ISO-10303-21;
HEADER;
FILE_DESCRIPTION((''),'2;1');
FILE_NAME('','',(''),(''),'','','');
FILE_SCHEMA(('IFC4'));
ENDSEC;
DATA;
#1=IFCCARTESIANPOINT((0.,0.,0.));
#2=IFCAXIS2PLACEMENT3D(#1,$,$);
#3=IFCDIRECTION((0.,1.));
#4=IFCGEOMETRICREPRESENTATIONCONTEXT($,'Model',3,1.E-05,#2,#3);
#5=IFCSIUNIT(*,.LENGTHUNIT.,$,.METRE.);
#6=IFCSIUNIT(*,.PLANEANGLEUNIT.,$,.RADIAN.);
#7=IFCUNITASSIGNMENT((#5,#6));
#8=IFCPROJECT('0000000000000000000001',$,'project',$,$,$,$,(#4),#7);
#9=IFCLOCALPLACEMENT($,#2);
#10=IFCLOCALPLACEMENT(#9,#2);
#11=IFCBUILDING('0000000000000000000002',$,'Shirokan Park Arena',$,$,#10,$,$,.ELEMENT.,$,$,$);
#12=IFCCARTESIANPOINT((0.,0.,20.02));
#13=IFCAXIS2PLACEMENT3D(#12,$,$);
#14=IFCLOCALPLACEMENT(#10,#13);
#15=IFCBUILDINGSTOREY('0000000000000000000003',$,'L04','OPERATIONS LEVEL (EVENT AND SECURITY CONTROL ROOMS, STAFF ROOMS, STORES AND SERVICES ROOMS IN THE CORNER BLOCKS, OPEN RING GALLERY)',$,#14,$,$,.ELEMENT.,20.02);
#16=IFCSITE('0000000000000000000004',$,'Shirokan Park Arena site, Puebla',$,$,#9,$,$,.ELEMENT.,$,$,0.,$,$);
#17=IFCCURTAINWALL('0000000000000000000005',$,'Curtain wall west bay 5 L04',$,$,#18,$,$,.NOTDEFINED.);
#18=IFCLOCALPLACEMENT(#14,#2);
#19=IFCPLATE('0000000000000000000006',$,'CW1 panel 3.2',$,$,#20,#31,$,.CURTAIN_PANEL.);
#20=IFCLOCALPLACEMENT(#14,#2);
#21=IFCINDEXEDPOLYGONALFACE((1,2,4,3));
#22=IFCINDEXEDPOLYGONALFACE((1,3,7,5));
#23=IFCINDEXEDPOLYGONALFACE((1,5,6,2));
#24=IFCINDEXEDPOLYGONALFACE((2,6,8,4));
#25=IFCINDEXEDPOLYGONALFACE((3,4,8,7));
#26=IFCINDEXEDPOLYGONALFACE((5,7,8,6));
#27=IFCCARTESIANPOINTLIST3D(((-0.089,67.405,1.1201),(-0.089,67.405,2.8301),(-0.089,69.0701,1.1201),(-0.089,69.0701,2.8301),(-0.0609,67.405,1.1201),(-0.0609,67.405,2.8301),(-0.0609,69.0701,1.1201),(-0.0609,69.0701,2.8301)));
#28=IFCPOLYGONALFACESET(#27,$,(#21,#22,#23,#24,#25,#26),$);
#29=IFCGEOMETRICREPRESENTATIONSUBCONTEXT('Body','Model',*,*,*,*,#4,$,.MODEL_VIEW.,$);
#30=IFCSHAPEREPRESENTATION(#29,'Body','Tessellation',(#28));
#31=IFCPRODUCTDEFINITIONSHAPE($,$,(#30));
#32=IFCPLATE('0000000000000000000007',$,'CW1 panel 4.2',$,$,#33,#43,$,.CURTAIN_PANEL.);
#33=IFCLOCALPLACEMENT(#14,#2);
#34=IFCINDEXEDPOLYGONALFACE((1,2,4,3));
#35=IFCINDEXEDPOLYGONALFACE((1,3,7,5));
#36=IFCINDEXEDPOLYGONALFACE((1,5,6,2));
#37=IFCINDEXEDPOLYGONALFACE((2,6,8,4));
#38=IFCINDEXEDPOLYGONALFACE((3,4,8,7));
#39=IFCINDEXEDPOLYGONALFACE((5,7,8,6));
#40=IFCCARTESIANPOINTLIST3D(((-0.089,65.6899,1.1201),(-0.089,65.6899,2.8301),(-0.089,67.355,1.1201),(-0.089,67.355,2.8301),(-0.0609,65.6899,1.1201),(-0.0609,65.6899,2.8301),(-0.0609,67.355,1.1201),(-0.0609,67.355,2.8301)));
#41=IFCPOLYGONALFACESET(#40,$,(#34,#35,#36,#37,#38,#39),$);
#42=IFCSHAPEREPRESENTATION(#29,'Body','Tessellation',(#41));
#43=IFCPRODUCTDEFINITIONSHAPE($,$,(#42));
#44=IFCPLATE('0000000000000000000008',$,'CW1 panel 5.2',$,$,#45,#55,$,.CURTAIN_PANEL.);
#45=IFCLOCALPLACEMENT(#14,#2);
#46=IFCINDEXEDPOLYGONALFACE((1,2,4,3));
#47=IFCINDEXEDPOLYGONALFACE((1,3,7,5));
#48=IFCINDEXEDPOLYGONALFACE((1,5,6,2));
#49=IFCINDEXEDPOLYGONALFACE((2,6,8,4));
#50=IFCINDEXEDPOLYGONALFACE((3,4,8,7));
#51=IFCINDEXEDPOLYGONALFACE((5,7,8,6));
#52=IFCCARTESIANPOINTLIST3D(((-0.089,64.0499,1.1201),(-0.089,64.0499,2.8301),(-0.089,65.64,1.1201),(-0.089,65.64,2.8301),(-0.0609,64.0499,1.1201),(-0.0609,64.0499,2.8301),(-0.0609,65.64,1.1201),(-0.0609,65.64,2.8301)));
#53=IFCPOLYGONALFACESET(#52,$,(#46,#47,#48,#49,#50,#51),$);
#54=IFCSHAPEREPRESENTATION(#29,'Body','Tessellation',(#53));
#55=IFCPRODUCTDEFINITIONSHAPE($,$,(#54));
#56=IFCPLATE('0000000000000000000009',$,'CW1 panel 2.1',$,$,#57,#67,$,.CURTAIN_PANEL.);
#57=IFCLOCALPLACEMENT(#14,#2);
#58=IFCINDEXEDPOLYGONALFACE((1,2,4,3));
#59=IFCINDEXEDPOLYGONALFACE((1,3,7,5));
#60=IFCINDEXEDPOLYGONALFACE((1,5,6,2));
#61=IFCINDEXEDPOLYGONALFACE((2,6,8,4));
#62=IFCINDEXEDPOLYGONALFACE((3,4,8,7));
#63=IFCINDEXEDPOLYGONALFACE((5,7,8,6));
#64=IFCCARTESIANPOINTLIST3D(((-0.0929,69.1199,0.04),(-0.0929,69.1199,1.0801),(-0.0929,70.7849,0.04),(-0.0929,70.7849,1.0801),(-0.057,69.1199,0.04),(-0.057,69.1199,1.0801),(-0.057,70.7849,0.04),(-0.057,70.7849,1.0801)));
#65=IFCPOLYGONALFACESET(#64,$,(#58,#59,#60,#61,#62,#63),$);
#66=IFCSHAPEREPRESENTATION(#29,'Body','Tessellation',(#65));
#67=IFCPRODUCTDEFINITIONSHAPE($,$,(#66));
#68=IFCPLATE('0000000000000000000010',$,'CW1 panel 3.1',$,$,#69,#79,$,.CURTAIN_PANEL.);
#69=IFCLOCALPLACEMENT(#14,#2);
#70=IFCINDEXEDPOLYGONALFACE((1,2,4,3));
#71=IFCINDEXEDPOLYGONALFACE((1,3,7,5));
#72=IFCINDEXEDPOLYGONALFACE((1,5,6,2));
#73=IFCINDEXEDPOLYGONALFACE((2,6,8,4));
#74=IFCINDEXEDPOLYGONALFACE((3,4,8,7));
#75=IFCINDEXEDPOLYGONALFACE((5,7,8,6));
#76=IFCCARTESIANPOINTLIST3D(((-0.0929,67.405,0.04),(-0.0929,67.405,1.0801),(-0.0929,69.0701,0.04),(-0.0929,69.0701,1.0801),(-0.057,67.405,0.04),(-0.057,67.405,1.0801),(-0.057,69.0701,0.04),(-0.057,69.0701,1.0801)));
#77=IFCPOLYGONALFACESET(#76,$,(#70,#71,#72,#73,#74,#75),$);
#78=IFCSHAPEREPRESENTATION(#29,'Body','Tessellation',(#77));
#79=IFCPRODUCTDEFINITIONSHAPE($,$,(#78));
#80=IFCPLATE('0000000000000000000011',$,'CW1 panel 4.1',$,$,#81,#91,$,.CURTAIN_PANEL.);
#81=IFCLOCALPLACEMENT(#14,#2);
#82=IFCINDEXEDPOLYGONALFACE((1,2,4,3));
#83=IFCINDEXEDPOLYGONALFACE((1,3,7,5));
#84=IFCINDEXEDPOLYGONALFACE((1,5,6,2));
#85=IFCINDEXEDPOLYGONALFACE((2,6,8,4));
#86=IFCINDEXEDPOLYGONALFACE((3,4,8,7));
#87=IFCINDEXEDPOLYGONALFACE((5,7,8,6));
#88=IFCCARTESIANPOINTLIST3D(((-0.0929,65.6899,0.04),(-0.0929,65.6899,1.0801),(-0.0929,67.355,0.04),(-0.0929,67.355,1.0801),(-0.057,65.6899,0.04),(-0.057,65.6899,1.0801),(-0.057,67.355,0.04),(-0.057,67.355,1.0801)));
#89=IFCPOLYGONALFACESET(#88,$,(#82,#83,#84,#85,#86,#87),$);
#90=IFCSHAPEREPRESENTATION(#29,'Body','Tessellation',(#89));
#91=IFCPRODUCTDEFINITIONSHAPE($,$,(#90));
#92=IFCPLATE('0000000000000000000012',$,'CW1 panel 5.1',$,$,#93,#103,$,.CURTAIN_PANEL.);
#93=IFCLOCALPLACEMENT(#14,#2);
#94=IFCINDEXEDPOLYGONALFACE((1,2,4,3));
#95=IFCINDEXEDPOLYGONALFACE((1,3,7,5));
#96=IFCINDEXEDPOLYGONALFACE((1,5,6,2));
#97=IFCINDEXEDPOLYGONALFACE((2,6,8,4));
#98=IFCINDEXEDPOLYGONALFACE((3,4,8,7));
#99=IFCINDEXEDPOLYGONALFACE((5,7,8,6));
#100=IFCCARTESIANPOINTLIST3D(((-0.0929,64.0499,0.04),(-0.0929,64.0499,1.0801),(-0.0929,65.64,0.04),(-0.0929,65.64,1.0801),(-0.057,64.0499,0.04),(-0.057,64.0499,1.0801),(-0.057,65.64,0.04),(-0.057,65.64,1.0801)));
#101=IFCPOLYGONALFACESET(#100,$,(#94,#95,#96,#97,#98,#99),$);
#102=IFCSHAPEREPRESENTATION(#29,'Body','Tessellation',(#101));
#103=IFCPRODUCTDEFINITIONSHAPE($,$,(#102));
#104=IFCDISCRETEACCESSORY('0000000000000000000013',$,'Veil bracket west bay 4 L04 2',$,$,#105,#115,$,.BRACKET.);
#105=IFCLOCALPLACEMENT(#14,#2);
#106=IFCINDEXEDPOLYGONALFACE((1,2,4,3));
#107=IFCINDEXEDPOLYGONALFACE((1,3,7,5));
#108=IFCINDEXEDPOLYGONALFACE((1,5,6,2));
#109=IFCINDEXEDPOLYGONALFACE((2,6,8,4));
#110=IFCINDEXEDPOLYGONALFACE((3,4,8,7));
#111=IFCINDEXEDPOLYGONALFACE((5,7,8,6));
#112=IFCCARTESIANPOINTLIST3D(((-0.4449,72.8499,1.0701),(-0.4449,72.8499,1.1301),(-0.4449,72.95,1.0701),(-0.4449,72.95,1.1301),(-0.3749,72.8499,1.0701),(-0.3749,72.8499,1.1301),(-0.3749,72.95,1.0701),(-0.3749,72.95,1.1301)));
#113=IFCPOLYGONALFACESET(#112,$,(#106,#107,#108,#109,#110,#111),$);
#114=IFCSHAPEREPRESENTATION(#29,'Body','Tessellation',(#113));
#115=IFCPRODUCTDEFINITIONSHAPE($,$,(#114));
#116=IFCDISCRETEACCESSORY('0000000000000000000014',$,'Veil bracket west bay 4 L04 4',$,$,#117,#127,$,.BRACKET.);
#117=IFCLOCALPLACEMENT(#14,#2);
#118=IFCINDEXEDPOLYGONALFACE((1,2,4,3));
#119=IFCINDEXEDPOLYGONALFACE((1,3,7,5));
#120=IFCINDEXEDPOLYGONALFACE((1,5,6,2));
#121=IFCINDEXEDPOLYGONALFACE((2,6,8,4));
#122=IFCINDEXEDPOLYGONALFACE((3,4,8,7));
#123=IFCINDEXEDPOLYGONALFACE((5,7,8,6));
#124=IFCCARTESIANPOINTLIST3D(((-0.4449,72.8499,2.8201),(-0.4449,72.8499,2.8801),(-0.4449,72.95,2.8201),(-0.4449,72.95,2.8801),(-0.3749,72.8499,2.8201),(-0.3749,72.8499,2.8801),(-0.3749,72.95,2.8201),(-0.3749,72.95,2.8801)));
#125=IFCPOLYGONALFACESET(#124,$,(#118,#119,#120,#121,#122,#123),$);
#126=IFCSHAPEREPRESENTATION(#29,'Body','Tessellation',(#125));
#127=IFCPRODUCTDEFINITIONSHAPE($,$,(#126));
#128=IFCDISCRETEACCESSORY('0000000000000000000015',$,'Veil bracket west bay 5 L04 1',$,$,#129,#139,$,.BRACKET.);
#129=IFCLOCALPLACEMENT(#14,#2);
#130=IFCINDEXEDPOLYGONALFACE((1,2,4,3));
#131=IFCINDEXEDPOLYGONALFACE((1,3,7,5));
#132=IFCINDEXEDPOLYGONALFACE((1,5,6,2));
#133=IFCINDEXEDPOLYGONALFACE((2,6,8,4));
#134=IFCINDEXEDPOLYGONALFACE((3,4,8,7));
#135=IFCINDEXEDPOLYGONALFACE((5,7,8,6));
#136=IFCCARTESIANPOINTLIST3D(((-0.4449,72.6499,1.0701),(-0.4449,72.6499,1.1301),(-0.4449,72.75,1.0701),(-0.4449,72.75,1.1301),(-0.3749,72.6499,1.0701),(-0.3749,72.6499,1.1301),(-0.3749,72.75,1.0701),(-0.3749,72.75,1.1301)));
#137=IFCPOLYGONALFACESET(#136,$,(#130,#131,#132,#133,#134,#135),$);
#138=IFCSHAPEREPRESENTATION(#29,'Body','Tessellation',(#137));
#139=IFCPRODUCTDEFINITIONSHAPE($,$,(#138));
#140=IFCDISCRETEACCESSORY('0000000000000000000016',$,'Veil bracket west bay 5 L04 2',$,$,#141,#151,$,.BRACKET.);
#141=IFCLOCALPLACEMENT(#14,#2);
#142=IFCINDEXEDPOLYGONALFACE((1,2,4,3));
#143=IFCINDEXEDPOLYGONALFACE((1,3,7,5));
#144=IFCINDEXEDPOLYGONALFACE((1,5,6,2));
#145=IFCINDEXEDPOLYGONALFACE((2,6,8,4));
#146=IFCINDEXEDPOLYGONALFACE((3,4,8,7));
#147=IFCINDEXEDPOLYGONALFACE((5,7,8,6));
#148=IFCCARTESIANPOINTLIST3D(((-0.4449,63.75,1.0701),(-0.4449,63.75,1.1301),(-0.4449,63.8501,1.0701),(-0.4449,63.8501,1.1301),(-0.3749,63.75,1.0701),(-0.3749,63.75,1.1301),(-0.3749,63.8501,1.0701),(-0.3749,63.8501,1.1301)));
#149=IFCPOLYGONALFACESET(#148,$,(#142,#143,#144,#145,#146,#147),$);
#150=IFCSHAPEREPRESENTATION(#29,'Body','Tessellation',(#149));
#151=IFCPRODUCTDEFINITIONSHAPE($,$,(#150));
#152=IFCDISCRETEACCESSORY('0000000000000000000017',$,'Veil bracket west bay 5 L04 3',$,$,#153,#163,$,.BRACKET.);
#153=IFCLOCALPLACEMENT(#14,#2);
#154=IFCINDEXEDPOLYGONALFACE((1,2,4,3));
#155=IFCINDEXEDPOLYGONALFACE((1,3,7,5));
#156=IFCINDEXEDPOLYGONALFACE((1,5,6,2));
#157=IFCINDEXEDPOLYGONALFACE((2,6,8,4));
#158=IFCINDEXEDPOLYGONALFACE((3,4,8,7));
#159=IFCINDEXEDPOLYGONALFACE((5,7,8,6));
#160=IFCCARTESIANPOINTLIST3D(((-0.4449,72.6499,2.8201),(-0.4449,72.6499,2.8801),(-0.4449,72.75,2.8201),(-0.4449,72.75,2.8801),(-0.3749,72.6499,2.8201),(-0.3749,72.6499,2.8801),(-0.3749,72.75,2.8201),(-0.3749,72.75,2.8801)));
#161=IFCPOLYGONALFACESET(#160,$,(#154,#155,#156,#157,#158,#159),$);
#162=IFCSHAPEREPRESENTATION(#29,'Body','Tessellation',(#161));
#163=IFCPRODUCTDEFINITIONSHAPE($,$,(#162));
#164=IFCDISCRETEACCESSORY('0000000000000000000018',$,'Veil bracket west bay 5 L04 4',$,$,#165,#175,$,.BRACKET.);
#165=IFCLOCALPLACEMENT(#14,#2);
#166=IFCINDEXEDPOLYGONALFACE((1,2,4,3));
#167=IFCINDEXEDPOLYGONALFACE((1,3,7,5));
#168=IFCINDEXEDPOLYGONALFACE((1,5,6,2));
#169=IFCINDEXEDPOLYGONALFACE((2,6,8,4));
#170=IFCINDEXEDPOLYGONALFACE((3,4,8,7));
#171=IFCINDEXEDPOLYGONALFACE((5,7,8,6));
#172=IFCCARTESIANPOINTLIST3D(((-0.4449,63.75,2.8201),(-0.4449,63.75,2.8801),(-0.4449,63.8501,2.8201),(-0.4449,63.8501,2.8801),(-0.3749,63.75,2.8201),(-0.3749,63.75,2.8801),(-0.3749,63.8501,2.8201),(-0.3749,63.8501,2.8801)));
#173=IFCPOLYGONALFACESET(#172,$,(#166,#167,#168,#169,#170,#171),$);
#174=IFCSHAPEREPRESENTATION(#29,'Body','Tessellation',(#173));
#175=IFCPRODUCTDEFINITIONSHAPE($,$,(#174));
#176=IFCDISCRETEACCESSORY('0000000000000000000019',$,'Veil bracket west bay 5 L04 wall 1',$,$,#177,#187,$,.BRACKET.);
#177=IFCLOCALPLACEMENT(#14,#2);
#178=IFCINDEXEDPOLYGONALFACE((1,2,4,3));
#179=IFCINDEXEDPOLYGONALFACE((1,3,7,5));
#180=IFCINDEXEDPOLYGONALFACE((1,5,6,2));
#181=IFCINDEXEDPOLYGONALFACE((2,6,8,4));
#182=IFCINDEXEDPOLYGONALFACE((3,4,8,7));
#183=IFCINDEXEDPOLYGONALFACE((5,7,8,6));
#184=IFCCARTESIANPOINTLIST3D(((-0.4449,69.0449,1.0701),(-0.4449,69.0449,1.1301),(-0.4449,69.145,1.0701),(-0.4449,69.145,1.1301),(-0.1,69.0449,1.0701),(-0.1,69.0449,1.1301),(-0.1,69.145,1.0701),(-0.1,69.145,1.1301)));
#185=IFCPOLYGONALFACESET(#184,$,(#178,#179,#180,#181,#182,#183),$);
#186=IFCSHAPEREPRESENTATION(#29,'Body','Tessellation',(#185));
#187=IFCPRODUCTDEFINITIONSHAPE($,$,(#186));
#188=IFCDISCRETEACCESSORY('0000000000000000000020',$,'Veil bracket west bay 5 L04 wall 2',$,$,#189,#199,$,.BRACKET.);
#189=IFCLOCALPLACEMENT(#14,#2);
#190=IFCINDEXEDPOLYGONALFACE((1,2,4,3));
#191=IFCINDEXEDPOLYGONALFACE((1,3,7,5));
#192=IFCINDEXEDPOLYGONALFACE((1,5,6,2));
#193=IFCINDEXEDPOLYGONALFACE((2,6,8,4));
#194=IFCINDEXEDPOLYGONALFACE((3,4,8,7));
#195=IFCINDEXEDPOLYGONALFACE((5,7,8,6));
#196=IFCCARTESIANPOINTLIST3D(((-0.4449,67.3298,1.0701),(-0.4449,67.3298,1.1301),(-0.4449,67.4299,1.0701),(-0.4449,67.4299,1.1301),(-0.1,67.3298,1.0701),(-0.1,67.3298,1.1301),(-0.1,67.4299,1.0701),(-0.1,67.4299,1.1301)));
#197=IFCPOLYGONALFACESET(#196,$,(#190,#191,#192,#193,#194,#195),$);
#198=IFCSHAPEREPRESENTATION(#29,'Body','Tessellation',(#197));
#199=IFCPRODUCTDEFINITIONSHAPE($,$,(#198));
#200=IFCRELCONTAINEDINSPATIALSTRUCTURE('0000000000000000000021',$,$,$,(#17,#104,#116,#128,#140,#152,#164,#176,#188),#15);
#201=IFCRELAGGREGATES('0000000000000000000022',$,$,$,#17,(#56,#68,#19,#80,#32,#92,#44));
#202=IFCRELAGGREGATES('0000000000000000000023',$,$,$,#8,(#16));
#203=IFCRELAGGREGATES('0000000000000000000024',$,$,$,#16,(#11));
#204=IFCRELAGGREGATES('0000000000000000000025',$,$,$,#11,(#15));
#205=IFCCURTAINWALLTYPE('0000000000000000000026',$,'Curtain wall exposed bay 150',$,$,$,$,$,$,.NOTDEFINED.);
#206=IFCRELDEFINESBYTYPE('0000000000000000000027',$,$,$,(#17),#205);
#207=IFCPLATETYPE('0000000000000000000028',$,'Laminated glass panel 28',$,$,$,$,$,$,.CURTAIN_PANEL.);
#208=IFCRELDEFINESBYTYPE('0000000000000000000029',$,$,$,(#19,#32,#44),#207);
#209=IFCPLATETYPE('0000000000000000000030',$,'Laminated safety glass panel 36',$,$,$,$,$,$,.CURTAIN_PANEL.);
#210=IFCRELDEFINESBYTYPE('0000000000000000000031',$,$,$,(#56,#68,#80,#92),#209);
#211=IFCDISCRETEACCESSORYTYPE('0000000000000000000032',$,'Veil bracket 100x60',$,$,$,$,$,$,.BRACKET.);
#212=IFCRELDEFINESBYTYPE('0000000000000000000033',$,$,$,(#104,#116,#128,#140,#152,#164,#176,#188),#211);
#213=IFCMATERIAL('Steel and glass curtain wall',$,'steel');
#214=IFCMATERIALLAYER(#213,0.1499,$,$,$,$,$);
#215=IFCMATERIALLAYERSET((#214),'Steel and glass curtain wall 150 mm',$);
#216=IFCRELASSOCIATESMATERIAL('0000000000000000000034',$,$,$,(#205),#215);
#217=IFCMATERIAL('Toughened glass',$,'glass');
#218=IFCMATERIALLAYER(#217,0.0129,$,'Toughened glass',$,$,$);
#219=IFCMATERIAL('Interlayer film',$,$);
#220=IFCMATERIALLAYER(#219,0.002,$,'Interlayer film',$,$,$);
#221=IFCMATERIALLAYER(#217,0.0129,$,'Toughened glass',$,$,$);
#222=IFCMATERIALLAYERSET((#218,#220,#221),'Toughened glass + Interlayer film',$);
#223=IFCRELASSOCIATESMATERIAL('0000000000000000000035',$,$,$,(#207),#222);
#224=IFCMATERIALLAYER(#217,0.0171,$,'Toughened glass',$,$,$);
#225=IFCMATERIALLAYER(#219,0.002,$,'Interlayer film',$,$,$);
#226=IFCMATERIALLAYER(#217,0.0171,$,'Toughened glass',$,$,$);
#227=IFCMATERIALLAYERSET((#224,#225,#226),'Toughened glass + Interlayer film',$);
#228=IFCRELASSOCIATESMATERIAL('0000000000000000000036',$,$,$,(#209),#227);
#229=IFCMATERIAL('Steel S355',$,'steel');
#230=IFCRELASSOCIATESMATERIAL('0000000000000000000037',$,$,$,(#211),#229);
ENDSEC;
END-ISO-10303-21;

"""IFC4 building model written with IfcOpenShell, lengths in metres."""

from ifc_helpers import new_model, si_unit, direction, frame, origin, origin_2d, place, context, subcontext, project, spatial, rectangle, extrude, material, layer, layer_set, type_object, element, aggregate, save


model = new_model("IFC4")

# Units and contexts
model_context = context("Model", 3, precision=1e-05, world=origin(), true_north=direction((0.0, 1.0)))
body_context = subcontext(model_context, "Body", "Model", "MODEL_VIEW")
ifc_project = project(units=[si_unit("LENGTHUNIT", "METRE"), si_unit("PLANEANGLEUNIT", "RADIAN")], contexts=[model_context])

# Site, building, storey
site_placement = place(None, origin())
site = spatial("IfcSite", under=ifc_project, at=site_placement, Name="Shirokan Park Arena site, Puebla", CompositionType="ELEMENT", RefElevation=0.0)
building_placement = place(site_placement, origin())
building = spatial("IfcBuilding", under=site, at=building_placement, Name="Shirokan Park Arena", CompositionType="ELEMENT")
storey_placement = place(building_placement, frame((0.0, 0.0, 20.02)))
storey = spatial("IfcBuildingStorey", under=building, at=storey_placement, Name="L04", Description="OPERATIONS LEVEL (EVENT AND SECURITY CONTROL ROOMS, STAFF ROOMS, STORES AND SERVICES ROOMS IN THE CORNER BLOCKS, OPEN RING GALLERY)", CompositionType="ELEMENT", Elevation=20.02)

# Shared definitions
ifc_material_1 = material(Name="Steel and glass curtain wall", Category="steel")
ifc_material_2 = material(Name="Steel S355", Category="steel")

# Curtain wall, plates
ifc_layer_1 = layer(ifc_material_1, 0.1499)
ifc_layer_set_1 = layer_set([ifc_layer_1], Name="Steel and glass curtain wall 150 mm")
curtain_wall_type_1 = type_object("IfcCurtainWallType", Name="Curtain wall exposed bay 150", PredefinedType="NOTDEFINED", material=ifc_layer_set_1)
curtain_wall_1_placement = place(storey_placement, origin())
curtain_wall_1 = element("IfcCurtainWall", 1, at=curtain_wall_1_placement, inside=storey, type_object=curtain_wall_type_1, Name="Curtain wall west bay 5 L04", PredefinedType="NOTDEFINED")
ifc_material_3 = material(Name="Toughened glass", Category="glass")
ifc_layer_2 = layer(ifc_material_3, 0.0129, Name="Toughened glass")
ifc_material_4 = material(Name="Interlayer film")
ifc_layer_3 = layer(ifc_material_4, 0.002, Name="Interlayer film")
ifc_layer_4 = layer(ifc_material_3, 0.0129, Name="Toughened glass")
ifc_layer_set_2 = layer_set([ifc_layer_2, ifc_layer_3, ifc_layer_4], Name="Toughened glass + Interlayer film")
plate_type_1 = type_object("IfcPlateType", Name="Laminated glass panel 28", PredefinedType="CURTAIN_PANEL", material=ifc_layer_set_2)
plate_1_placement = place(storey_placement, frame((-0.075, 68.2375, 1.1201), z_axis=(0.0, 0.0, 1.0), x_axis=(0.0, -1.0, 0.0)))
plate_1 = element("IfcPlate", 2, at=plate_1_placement, type_object=plate_type_1, Name="CW1 panel 3.2", PredefinedType="CURTAIN_PANEL", context=body_context, shape_type="SweptSolid", body=[
    extrude(rectangle(XDim=1.665, YDim=0.0281, at=origin_2d()), origin(), (0.0, 0.0, 1.0), 1.71),
])
plate_2_placement = place(storey_placement, frame((-0.075, 66.5225, 1.1201), z_axis=(0.0, 0.0, 1.0), x_axis=(0.0, -1.0, 0.0)))
plate_2 = element("IfcPlate", 3, at=plate_2_placement, type_object=plate_type_1, Name="CW1 panel 4.2", PredefinedType="CURTAIN_PANEL", context=body_context, shape_type="SweptSolid", body=[
    extrude(rectangle(XDim=1.665, YDim=0.0281, at=origin_2d()), origin(), (0.0, 0.0, 1.0), 1.71),
])
plate_3_placement = place(storey_placement, frame((-0.075, 64.845, 1.1201), z_axis=(0.0, 0.0, 1.0), x_axis=(0.0, -1.0, 0.0)))
plate_3 = element("IfcPlate", 4, at=plate_3_placement, type_object=plate_type_1, Name="CW1 panel 5.2", PredefinedType="CURTAIN_PANEL", context=body_context, shape_type="SweptSolid", body=[
    extrude(rectangle(XDim=1.5901, YDim=0.0281, at=origin_2d()), origin(), (0.0, 0.0, 1.0), 1.71),
])
ifc_layer_5 = layer(ifc_material_3, 0.0171, Name="Toughened glass")
ifc_layer_6 = layer(ifc_material_4, 0.002, Name="Interlayer film")
ifc_layer_7 = layer(ifc_material_3, 0.0171, Name="Toughened glass")
ifc_layer_set_3 = layer_set([ifc_layer_5, ifc_layer_6, ifc_layer_7], Name="Toughened glass + Interlayer film")
plate_type_2 = type_object("IfcPlateType", Name="Laminated safety glass panel 36", PredefinedType="CURTAIN_PANEL", material=ifc_layer_set_3)
plate_4_placement = place(storey_placement, frame((-0.075, 69.9524, 0.04), z_axis=(0.0, 0.0, 1.0), x_axis=(0.0, -1.0, 0.0)))
plate_4 = element("IfcPlate", 5, at=plate_4_placement, type_object=plate_type_2, Name="CW1 panel 2.1", PredefinedType="CURTAIN_PANEL", context=body_context, shape_type="SweptSolid", body=[
    extrude(rectangle(XDim=1.665, YDim=0.0359, at=origin_2d()), origin(), (0.0, 0.0, 1.0), 1.04),
])
plate_5_placement = place(storey_placement, frame((-0.075, 68.2375, 0.04), z_axis=(0.0, 0.0, 1.0), x_axis=(0.0, -1.0, 0.0)))
plate_5 = element("IfcPlate", 6, at=plate_5_placement, type_object=plate_type_2, Name="CW1 panel 3.1", PredefinedType="CURTAIN_PANEL", context=body_context, shape_type="SweptSolid", body=[
    extrude(rectangle(XDim=1.665, YDim=0.0359, at=origin_2d()), origin(), (0.0, 0.0, 1.0), 1.04),
])
plate_6_placement = place(storey_placement, frame((-0.075, 66.5225, 0.04), z_axis=(0.0, 0.0, 1.0), x_axis=(0.0, -1.0, 0.0)))
plate_6 = element("IfcPlate", 7, at=plate_6_placement, type_object=plate_type_2, Name="CW1 panel 4.1", PredefinedType="CURTAIN_PANEL", context=body_context, shape_type="SweptSolid", body=[
    extrude(rectangle(XDim=1.665, YDim=0.0359, at=origin_2d()), origin(), (0.0, 0.0, 1.0), 1.04),
])
plate_7_placement = place(storey_placement, frame((-0.075, 64.845, 0.04), z_axis=(0.0, 0.0, 1.0), x_axis=(0.0, -1.0, 0.0)))
plate_7 = element("IfcPlate", 8, at=plate_7_placement, type_object=plate_type_2, Name="CW1 panel 5.1", PredefinedType="CURTAIN_PANEL", context=body_context, shape_type="SweptSolid", body=[
    extrude(rectangle(XDim=1.5901, YDim=0.0359, at=origin_2d()), origin(), (0.0, 0.0, 1.0), 1.04),
])
aggregate(curtain_wall_1, [plate_4, plate_5, plate_1, plate_6, plate_2, plate_7, plate_3])

# Discrete accessories
discrete_accessory_type = type_object("IfcDiscreteAccessoryType", Name="Veil bracket 100x60", PredefinedType="BRACKET", material=ifc_material_2)
for number, where, z_axis, x_axis, name in (
    (9, (-0.4099, 72.8999, 1.0701), (0.0, 0.0, 1.0), (0.0, -1.0, 0.0), "Veil bracket west bay 4 L04 2"),
    (10, (-0.4099, 72.8999, 2.8201), (0.0, 0.0, 1.0), (0.0, -1.0, 0.0), "Veil bracket west bay 4 L04 4"),
    (11, (-0.4099, 72.7, 1.0701), (0.0, 0.0, 1.0), (0.0, -1.0, 0.0), "Veil bracket west bay 5 L04 1"),
    (12, (-0.4099, 63.8, 1.0701), (0.0, 0.0, 1.0), (0.0, -1.0, 0.0), "Veil bracket west bay 5 L04 2"),
    (13, (-0.4099, 72.7, 2.8201), (0.0, 0.0, 1.0), (0.0, -1.0, 0.0), "Veil bracket west bay 5 L04 3"),
    (14, (-0.4099, 63.8, 2.8201), (0.0, 0.0, 1.0), (0.0, -1.0, 0.0), "Veil bracket west bay 5 L04 4"),
):
    element("IfcDiscreteAccessory", number, at=place(storey_placement, frame(where, z_axis=z_axis, x_axis=x_axis)), inside=storey, type_object=discrete_accessory_type, Name=name, PredefinedType="BRACKET", context=body_context, shape_type="SweptSolid", body=[
        extrude(rectangle(XDim=0.1001, YDim=0.0701, at=origin_2d()), origin(), (0.0, 0.0, 1.0), 0.0601),
    ])
for number, where, z_axis, x_axis, name in (
    (15, (-0.2725, 69.095, 1.0701), (0.0, 0.0, 1.0), (0.0, -1.0, 0.0), "Veil bracket west bay 5 L04 wall 1"),
    (16, (-0.2725, 67.3799, 1.0701), (0.0, 0.0, 1.0), (0.0, -1.0, 0.0), "Veil bracket west bay 5 L04 wall 2"),
):
    element("IfcDiscreteAccessory", number, at=place(storey_placement, frame(where, z_axis=z_axis, x_axis=x_axis)), inside=storey, type_object=discrete_accessory_type, Name=name, PredefinedType="BRACKET", context=body_context, shape_type="SweptSolid", body=[
        extrude(rectangle(XDim=0.1001, YDim=0.345, at=origin_2d()), origin(), (0.0, 0.0, 1.0), 0.0601),
    ])

save(model, "model.ifc")
